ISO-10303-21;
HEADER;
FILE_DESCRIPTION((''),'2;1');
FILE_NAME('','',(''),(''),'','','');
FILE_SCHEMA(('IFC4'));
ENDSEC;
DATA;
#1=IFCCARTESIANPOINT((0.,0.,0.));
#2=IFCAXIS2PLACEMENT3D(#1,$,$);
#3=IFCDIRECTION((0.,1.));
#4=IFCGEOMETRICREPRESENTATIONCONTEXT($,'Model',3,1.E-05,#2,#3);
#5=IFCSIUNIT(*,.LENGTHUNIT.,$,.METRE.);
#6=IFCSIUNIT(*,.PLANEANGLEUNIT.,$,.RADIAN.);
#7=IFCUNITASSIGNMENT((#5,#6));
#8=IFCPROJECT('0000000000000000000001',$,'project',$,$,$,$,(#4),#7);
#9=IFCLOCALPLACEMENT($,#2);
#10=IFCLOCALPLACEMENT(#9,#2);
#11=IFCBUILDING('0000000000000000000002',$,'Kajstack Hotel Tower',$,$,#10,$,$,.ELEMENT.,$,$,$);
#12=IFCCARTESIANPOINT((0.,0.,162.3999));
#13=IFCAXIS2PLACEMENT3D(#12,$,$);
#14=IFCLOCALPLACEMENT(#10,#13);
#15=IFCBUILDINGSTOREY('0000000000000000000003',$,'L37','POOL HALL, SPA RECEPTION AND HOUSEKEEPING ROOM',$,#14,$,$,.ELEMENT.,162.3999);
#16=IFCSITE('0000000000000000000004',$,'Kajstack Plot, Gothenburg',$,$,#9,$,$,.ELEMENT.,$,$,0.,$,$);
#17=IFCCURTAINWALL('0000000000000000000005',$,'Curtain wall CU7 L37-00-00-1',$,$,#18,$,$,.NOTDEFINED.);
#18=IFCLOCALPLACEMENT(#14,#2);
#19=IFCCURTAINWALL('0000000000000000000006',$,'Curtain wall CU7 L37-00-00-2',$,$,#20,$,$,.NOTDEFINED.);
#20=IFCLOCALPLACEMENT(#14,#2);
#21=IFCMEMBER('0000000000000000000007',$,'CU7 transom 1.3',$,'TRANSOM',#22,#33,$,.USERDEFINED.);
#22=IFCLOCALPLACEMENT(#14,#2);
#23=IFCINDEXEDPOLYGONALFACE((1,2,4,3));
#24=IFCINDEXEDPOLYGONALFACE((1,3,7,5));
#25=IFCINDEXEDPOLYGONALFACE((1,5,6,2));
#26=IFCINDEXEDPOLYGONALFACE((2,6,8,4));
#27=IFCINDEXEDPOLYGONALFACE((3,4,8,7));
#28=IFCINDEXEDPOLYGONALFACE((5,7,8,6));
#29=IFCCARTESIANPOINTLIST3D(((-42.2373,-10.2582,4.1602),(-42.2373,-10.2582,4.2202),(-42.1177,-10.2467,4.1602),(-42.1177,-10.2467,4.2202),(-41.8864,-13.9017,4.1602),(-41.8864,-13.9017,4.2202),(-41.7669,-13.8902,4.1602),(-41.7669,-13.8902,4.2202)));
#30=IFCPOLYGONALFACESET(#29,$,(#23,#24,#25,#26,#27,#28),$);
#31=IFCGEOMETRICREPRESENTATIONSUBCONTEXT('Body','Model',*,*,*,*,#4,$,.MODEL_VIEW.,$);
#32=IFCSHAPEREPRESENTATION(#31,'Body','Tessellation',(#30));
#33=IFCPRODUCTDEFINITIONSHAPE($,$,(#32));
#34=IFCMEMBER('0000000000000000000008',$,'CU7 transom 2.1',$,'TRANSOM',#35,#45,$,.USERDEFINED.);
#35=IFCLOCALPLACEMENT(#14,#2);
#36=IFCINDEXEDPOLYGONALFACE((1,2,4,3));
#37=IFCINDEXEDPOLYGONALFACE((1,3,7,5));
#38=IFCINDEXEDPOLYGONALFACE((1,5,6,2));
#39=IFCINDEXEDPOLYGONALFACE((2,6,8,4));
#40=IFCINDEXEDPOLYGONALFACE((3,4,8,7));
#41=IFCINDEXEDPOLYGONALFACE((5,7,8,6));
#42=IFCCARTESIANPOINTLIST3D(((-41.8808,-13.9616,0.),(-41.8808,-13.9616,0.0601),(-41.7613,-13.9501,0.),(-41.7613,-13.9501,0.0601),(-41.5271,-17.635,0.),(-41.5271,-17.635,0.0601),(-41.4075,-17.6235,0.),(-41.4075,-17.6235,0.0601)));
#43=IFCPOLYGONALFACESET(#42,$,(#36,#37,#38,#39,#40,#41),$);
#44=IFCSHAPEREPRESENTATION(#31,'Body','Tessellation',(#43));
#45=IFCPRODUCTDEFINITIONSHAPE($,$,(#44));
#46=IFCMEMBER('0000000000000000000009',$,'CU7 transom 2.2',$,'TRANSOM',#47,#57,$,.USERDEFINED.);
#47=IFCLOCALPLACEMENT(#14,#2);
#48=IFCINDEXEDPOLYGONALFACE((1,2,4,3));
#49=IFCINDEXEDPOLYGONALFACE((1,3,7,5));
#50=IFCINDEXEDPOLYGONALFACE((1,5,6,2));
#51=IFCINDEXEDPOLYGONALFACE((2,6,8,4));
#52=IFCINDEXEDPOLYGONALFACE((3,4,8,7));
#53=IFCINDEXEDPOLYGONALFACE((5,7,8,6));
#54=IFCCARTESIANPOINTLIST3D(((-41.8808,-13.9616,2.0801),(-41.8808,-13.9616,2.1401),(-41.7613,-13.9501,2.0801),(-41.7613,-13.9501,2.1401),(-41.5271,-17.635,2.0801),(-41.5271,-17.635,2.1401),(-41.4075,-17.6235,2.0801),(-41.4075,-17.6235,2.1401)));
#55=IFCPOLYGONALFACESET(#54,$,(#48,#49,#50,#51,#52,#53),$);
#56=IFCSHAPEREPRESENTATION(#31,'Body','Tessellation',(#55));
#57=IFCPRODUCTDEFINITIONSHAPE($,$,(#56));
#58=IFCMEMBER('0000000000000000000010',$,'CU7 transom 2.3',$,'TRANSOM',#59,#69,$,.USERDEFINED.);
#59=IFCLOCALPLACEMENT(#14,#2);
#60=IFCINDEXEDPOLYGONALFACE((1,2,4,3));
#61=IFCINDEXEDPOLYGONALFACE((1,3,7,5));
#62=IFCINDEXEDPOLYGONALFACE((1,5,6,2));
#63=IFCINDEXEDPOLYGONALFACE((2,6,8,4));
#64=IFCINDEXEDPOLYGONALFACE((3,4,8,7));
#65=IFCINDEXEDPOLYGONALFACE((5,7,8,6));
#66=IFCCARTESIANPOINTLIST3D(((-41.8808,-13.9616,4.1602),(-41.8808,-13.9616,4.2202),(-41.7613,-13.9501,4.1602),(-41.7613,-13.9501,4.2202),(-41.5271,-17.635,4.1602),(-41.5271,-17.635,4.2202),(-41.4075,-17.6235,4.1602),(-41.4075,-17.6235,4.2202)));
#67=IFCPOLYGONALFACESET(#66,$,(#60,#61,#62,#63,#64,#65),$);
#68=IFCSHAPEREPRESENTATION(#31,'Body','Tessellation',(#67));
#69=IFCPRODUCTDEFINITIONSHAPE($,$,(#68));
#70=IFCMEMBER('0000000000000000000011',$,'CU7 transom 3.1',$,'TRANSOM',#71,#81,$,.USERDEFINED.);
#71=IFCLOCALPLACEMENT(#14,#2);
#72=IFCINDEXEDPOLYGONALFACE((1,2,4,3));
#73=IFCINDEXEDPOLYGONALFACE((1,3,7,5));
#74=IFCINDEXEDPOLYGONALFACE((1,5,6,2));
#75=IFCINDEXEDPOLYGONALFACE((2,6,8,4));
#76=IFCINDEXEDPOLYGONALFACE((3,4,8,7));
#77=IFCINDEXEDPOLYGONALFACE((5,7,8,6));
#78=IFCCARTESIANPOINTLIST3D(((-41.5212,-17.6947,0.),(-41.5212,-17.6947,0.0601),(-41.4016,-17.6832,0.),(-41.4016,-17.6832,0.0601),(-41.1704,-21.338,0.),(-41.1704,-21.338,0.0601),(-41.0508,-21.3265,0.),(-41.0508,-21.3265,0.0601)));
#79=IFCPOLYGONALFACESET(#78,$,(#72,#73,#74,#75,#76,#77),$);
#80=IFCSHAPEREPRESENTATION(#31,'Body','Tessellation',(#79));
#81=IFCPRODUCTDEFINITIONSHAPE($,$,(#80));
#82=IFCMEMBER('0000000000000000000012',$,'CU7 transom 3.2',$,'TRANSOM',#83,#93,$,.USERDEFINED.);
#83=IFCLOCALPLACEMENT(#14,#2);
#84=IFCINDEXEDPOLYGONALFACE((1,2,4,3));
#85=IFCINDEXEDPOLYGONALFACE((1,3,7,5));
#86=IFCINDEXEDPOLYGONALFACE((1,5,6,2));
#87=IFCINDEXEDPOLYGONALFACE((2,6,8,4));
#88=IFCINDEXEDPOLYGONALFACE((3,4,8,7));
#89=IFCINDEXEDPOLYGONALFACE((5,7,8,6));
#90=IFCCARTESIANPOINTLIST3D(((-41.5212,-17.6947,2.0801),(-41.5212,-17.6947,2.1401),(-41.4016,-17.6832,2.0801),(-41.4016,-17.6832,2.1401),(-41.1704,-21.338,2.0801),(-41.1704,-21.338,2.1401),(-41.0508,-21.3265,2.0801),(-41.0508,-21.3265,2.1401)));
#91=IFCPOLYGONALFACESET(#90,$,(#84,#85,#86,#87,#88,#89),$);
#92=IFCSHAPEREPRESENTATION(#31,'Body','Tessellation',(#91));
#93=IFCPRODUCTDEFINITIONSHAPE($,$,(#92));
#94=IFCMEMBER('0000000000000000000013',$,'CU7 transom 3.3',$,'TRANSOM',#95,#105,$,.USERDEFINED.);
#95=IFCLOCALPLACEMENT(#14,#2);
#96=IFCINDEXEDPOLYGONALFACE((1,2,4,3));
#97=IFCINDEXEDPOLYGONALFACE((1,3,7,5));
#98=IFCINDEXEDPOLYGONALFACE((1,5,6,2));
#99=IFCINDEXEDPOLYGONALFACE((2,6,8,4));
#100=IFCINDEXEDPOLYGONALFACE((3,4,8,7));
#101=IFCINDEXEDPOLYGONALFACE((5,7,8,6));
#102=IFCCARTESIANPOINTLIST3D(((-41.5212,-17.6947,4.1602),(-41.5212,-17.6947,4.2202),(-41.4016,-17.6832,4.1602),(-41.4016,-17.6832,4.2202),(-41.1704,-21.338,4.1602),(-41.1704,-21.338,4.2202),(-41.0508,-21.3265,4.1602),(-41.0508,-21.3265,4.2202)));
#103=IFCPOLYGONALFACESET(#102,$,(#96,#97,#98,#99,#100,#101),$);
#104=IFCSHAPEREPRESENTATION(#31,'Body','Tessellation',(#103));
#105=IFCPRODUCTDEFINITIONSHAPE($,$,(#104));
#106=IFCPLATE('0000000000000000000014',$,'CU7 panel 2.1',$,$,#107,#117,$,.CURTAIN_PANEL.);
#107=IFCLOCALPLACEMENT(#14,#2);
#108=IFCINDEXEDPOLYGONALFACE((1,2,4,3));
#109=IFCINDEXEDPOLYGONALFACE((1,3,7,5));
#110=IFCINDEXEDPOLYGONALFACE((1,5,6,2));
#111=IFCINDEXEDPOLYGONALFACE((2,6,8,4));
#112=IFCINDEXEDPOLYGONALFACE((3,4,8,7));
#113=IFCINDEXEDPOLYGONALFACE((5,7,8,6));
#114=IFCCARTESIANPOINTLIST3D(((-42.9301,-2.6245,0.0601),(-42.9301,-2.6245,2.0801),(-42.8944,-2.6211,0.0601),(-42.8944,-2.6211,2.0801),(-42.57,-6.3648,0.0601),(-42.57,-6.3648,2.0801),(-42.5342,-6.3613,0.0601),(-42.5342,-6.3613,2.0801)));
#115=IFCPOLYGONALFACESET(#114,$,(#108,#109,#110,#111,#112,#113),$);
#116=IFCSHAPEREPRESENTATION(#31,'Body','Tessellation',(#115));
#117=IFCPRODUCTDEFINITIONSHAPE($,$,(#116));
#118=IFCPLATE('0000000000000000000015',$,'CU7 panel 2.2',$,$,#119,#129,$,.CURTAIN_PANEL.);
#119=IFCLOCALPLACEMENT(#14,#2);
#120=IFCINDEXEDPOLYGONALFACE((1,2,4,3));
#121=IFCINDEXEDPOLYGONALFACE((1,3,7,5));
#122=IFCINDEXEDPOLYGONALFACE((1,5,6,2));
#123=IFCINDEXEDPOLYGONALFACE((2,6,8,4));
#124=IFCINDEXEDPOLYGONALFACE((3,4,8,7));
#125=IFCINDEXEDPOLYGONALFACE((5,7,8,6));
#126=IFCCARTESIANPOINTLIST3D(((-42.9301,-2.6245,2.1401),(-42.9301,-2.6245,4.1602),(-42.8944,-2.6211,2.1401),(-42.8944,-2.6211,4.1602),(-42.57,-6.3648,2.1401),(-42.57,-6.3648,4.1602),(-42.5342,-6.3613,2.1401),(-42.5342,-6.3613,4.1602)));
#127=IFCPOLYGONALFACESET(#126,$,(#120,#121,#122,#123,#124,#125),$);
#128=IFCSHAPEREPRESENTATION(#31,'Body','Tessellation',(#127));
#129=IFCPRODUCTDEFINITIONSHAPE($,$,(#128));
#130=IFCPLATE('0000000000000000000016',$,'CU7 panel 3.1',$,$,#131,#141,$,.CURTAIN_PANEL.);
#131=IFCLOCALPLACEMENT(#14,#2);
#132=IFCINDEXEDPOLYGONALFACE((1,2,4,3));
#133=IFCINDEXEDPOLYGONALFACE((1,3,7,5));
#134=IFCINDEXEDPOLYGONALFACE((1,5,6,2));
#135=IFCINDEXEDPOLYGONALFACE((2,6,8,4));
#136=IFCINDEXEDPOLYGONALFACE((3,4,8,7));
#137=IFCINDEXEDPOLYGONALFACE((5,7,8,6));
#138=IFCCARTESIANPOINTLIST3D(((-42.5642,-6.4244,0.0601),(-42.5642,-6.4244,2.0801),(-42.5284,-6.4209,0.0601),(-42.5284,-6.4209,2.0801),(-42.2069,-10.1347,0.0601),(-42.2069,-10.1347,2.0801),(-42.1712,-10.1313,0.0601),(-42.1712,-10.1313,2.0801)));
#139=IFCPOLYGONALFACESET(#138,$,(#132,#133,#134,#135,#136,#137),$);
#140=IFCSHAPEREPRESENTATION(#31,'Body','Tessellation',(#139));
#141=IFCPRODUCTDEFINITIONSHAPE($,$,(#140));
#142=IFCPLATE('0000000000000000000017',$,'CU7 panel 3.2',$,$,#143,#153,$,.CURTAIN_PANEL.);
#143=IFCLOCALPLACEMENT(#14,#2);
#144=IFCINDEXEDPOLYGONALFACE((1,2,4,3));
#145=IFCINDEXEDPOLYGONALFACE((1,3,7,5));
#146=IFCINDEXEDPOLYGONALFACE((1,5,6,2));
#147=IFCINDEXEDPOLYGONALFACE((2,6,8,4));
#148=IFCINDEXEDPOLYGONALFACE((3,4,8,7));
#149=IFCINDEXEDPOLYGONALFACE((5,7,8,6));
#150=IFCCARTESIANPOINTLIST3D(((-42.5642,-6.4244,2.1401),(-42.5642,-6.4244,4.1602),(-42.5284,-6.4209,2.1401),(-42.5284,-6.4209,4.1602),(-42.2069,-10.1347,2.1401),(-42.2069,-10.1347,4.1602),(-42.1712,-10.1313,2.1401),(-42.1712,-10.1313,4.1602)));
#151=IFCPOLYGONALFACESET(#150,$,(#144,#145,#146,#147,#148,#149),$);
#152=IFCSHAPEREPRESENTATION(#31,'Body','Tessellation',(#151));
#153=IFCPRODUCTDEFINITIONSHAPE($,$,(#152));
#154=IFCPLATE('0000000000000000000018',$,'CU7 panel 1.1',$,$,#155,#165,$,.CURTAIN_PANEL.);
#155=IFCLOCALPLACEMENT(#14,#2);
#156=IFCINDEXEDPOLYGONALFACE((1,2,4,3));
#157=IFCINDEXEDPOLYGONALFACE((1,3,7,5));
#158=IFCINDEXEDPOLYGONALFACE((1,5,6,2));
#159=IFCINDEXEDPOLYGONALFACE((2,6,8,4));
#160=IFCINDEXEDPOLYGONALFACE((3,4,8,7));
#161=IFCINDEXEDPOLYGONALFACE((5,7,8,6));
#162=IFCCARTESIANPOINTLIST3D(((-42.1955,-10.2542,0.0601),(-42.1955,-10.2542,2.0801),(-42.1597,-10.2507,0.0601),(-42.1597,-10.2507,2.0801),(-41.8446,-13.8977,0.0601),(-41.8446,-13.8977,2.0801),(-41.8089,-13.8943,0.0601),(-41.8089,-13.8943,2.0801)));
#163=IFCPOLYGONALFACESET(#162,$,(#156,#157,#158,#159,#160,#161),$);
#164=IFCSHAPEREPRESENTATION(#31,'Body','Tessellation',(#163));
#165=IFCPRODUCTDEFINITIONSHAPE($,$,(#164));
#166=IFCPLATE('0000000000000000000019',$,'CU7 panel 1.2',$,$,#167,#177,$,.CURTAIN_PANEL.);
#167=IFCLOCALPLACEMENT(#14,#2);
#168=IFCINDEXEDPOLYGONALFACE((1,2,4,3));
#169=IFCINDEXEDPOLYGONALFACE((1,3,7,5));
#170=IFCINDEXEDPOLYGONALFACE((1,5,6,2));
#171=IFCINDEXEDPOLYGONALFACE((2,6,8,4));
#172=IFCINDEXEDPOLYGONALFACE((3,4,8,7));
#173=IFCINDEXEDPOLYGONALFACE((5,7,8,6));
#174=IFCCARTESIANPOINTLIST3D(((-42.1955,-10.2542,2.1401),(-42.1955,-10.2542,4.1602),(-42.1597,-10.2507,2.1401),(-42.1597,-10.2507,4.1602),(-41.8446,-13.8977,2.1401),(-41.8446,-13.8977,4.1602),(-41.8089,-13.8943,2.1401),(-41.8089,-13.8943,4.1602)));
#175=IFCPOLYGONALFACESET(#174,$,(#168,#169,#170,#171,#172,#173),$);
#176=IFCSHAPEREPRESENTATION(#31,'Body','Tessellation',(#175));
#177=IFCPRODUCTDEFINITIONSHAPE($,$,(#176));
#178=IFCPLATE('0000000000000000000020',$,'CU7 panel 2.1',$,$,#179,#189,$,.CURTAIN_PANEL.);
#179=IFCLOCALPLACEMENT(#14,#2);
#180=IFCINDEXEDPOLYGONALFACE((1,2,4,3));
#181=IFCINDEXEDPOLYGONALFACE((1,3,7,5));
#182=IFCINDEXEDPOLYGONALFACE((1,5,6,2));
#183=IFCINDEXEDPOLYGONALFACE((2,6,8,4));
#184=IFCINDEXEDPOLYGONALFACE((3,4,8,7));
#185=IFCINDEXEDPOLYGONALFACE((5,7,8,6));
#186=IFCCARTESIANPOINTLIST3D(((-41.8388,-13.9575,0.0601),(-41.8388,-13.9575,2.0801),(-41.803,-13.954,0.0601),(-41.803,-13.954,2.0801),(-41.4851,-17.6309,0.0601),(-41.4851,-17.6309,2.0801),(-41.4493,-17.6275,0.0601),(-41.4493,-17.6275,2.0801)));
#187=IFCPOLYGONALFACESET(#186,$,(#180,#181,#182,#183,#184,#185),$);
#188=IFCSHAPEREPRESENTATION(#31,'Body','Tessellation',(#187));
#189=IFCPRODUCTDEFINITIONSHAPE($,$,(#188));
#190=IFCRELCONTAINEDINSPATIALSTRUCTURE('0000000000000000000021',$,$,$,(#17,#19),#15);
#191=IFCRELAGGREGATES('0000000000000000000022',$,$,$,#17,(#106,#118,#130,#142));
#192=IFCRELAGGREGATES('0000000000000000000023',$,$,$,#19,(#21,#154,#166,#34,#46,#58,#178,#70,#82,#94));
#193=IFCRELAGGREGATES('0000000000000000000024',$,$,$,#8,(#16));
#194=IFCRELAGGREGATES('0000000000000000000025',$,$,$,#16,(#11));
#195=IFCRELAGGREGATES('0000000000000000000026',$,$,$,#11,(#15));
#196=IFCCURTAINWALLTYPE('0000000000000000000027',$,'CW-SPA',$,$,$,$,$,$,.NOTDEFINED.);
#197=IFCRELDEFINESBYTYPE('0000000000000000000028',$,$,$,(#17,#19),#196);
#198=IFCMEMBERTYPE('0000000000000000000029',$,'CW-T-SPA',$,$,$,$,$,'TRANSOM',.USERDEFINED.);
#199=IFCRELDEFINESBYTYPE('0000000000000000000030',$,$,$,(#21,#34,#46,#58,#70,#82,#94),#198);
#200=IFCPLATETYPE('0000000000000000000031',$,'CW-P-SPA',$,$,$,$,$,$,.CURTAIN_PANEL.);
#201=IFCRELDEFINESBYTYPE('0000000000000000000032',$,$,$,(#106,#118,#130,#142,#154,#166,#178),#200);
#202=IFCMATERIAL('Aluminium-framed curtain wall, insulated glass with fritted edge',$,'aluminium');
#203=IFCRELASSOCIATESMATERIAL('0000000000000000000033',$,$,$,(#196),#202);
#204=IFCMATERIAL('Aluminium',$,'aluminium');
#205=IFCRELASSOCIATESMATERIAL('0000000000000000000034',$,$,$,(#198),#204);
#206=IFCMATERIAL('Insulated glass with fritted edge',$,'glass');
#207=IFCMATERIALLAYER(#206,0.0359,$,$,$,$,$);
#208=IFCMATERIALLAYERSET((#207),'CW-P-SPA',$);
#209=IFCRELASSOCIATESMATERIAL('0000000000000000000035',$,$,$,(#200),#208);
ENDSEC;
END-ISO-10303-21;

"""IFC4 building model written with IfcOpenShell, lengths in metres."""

from ifc_helpers import new_model, si_unit, direction, frame, origin, origin_2d, place, context, subcontext, project, spatial, rectangle, extrude, material, layer, layer_set, material_profile, profile_set, type_object, element, aggregate, save


model = new_model("IFC4")

# Units and contexts
model_context = context("Model", 3, precision=1e-05, world=origin(), true_north=direction((0.0, 1.0)))
body_context = subcontext(model_context, "Body", "Model", "MODEL_VIEW")
ifc_project = project(units=[si_unit("LENGTHUNIT", "METRE"), si_unit("PLANEANGLEUNIT", "RADIAN")], contexts=[model_context])

# Site, building, storey
site_placement = place(None, origin())
site = spatial("IfcSite", under=ifc_project, at=site_placement, Name="Kajstack Plot, Gothenburg", CompositionType="ELEMENT", RefElevation=0.0)
building_placement = place(site_placement, origin())
building = spatial("IfcBuilding", under=site, at=building_placement, Name="Kajstack Hotel Tower", CompositionType="ELEMENT")
storey_placement = place(building_placement, frame((0.0, 0.0, 162.3999)))
storey = spatial("IfcBuildingStorey", under=building, at=storey_placement, Name="L37", Description="POOL HALL, SPA RECEPTION AND HOUSEKEEPING ROOM", CompositionType="ELEMENT", Elevation=162.3999)

# Curtain walls
ifc_material_1 = material(Name="Aluminium-framed curtain wall, insulated glass with fritted edge", Category="aluminium")
curtain_wall_type = type_object("IfcCurtainWallType", Name="CW-SPA", PredefinedType="NOTDEFINED", material=ifc_material_1)
curtain_wall_1_placement = place(storey_placement, origin())
curtain_wall_1 = element("IfcCurtainWall", 1, at=curtain_wall_1_placement, inside=storey, type_object=curtain_wall_type, Name="Curtain wall CU7 L37-00-00-1", PredefinedType="NOTDEFINED")
ifc_material_2 = material(Name="Aluminium", Category="aluminium")
curtain_wall_2_placement = place(storey_placement, origin())
curtain_wall_2 = element("IfcCurtainWall", 2, at=curtain_wall_2_placement, inside=storey, type_object=curtain_wall_type, Name="Curtain wall CU7 L37-00-00-2", PredefinedType="NOTDEFINED")

# Members
ifc_material_profile_1 = material_profile(ifc_material_2, rectangle(XDim=0.1201, YDim=0.0601, at=origin_2d()), Name="Aluminium transom 120 x 60")
ifc_profile_set_1 = profile_set([ifc_material_profile_1], Name="Aluminium")
member_type_1 = type_object("IfcMemberType", Name="CW-T-SPA", ElementType="TRANSOM", PredefinedType="USERDEFINED", material=ifc_profile_set_1)
member_1_placement = place(storey_placement, frame((-42.1775, -10.2524, 4.1902), z_axis=(0.095845, -0.995396, 0.0), x_axis=(0.995396, 0.095845, 0.0)))
member_1 = element("IfcMember", 3, at=member_1_placement, type_object=member_type_1, Name="CU7 transom 1.3", ObjectType="TRANSOM", PredefinedType="USERDEFINED", context=body_context, shape_type="SweptSolid", body=[
    extrude(rectangle(XDim=0.1201, YDim=0.0601, at=origin_2d()), origin(), (0.0, 0.0, 1.0), 3.6604),
])
member_2_placement = place(storey_placement, frame((-41.821, -13.9558, 0.03), z_axis=(0.095861, -0.995395, 0.0), x_axis=(0.995395, 0.095861, 0.0)))
member_2 = element("IfcMember", 4, at=member_2_placement, type_object=member_type_1, Name="CU7 transom 2.1", ObjectType="TRANSOM", PredefinedType="USERDEFINED", context=body_context, shape_type="SweptSolid", body=[
    extrude(rectangle(XDim=0.1201, YDim=0.0601, at=origin_2d()), origin(), (0.0, 0.0, 1.0), 3.6904),
])
member_3_placement = place(storey_placement, frame((-41.821, -13.9558, 2.1101), z_axis=(0.095861, -0.995395, 0.0), x_axis=(0.995395, 0.095861, 0.0)))
member_3 = element("IfcMember", 5, at=member_3_placement, type_object=member_type_1, Name="CU7 transom 2.2", ObjectType="TRANSOM", PredefinedType="USERDEFINED", context=body_context, shape_type="SweptSolid", body=[
    extrude(rectangle(XDim=0.1201, YDim=0.0601, at=origin_2d()), origin(), (0.0, 0.0, 1.0), 3.6904),
])
member_4_placement = place(storey_placement, frame((-41.821, -13.9558, 4.1902), z_axis=(0.095861, -0.995395, 0.0), x_axis=(0.995395, 0.095861, 0.0)))
member_4 = element("IfcMember", 6, at=member_4_placement, type_object=member_type_1, Name="CU7 transom 2.3", ObjectType="TRANSOM", PredefinedType="USERDEFINED", context=body_context, shape_type="SweptSolid", body=[
    extrude(rectangle(XDim=0.1201, YDim=0.0601, at=origin_2d()), origin(), (0.0, 0.0, 1.0), 3.6904),
])
member_5_placement = place(storey_placement, frame((-41.4614, -17.689, 0.03), z_axis=(0.095851, -0.995396, 0.0), x_axis=(0.995396, 0.095851, 0.0)))
member_5 = element("IfcMember", 7, at=member_5_placement, type_object=member_type_1, Name="CU7 transom 3.1", ObjectType="TRANSOM", PredefinedType="USERDEFINED", context=body_context, shape_type="SweptSolid", body=[
    extrude(rectangle(XDim=0.1201, YDim=0.0601, at=origin_2d()), origin(), (0.0, 0.0, 1.0), 3.6602),
])
member_6_placement = place(storey_placement, frame((-41.4614, -17.689, 2.1101), z_axis=(0.095851, -0.995396, 0.0), x_axis=(0.995396, 0.095851, 0.0)))
member_6 = element("IfcMember", 8, at=member_6_placement, type_object=member_type_1, Name="CU7 transom 3.2", ObjectType="TRANSOM", PredefinedType="USERDEFINED", context=body_context, shape_type="SweptSolid", body=[
    extrude(rectangle(XDim=0.1201, YDim=0.0601, at=origin_2d()), origin(), (0.0, 0.0, 1.0), 3.6602),
])
member_7_placement = place(storey_placement, frame((-41.4614, -17.689, 4.1902), z_axis=(0.095851, -0.995396, 0.0), x_axis=(0.995396, 0.095851, 0.0)))
member_7 = element("IfcMember", 9, at=member_7_placement, type_object=member_type_1, Name="CU7 transom 3.3", ObjectType="TRANSOM", PredefinedType="USERDEFINED", context=body_context, shape_type="SweptSolid", body=[
    extrude(rectangle(XDim=0.1201, YDim=0.0601, at=origin_2d()), origin(), (0.0, 0.0, 1.0), 3.6602),
])

# Plates
ifc_material_3 = material(Name="Insulated glass with fritted edge", Category="glass")
ifc_layer_1 = layer(ifc_material_3, 0.0359)
ifc_layer_set_1 = layer_set([ifc_layer_1], Name="CW-P-SPA")
plate_type = type_object("IfcPlateType", Name="CW-P-SPA", PredefinedType="CURTAIN_PANEL", material=ifc_layer_set_1)
plate_1_placement = place(storey_placement, frame((-42.7322, -4.4929, 0.0601), z_axis=(0.0, 0.0, 1.0), x_axis=(0.095844, -0.995396, 0.0)))
plate_1 = element("IfcPlate", 10, at=plate_1_placement, type_object=plate_type, Name="CU7 panel 2.1", PredefinedType="CURTAIN_PANEL", context=body_context, shape_type="SweptSolid", body=[
    extrude(rectangle(XDim=3.7576, YDim=0.0359, at=origin_2d()), origin(), (0.0, 0.0, 1.0), 2.02),
])
plate_2_placement = place(storey_placement, frame((-42.7322, -4.4929, 2.1401), z_axis=(0.0, 0.0, 1.0), x_axis=(0.095844, -0.995396, 0.0)))
plate_2 = element("IfcPlate", 11, at=plate_2_placement, type_object=plate_type, Name="CU7 panel 2.2", PredefinedType="CURTAIN_PANEL", context=body_context, shape_type="SweptSolid", body=[
    extrude(rectangle(XDim=3.7576, YDim=0.0359, at=origin_2d()), origin(), (0.0, 0.0, 1.0), 2.02),
])
plate_3_placement = place(storey_placement, frame((-42.3677, -8.2778, 0.0601), z_axis=(0.0, 0.0, 1.0), x_axis=(0.095844, -0.995396, 0.0)))
plate_3 = element("IfcPlate", 12, at=plate_3_placement, type_object=plate_type, Name="CU7 panel 3.1", PredefinedType="CURTAIN_PANEL", context=body_context, shape_type="SweptSolid", body=[
    extrude(rectangle(XDim=3.7275, YDim=0.0359, at=origin_2d()), origin(), (0.0, 0.0, 1.0), 2.02),
])
plate_4_placement = place(storey_placement, frame((-42.3677, -8.2778, 2.1401), z_axis=(0.0, 0.0, 1.0), x_axis=(0.095844, -0.995396, 0.0)))
plate_4 = element("IfcPlate", 13, at=plate_4_placement, type_object=plate_type, Name="CU7 panel 3.2", PredefinedType="CURTAIN_PANEL", context=body_context, shape_type="SweptSolid", body=[
    extrude(rectangle(XDim=3.7275, YDim=0.0359, at=origin_2d()), origin(), (0.0, 0.0, 1.0), 2.02),
])
aggregate(curtain_wall_1, [plate_1, plate_2, plate_3, plate_4])
plate_5_placement = place(storey_placement, frame((-42.0022, -12.0742, 0.0601), z_axis=(0.0, 0.0, 1.0), x_axis=(0.095844, -0.995396, 0.0)))
plate_5 = element("IfcPlate", 14, at=plate_5_placement, type_object=plate_type, Name="CU7 panel 1.1", PredefinedType="CURTAIN_PANEL", context=body_context, shape_type="SweptSolid", body=[
    extrude(rectangle(XDim=3.6604, YDim=0.0359, at=origin_2d()), origin(), (0.0, 0.0, 1.0), 2.02),
])
plate_6_placement = place(storey_placement, frame((-42.0022, -12.0742, 2.1401), z_axis=(0.0, 0.0, 1.0), x_axis=(0.095844, -0.995396, 0.0)))
plate_6 = element("IfcPlate", 15, at=plate_6_placement, type_object=plate_type, Name="CU7 panel 1.2", PredefinedType="CURTAIN_PANEL", context=body_context, shape_type="SweptSolid", body=[
    extrude(rectangle(XDim=3.6604, YDim=0.0359, at=origin_2d()), origin(), (0.0, 0.0, 1.0), 2.02),
])
plate_7_placement = place(storey_placement, frame((-41.644, -15.7925, 0.0601), z_axis=(0.0, 0.0, 1.0), x_axis=(0.095844, -0.995396, 0.0)))
plate_7 = element("IfcPlate", 16, at=plate_7_placement, type_object=plate_type, Name="CU7 panel 2.1", PredefinedType="CURTAIN_PANEL", context=body_context, shape_type="SweptSolid", body=[
    extrude(rectangle(XDim=3.6904, YDim=0.0359, at=origin_2d()), origin(), (0.0, 0.0, 1.0), 2.02),
])
aggregate(curtain_wall_2, [member_1, plate_5, plate_6, member_2, member_3, member_4, plate_7, member_5, member_6, member_7])

save(model, "model.ifc")
